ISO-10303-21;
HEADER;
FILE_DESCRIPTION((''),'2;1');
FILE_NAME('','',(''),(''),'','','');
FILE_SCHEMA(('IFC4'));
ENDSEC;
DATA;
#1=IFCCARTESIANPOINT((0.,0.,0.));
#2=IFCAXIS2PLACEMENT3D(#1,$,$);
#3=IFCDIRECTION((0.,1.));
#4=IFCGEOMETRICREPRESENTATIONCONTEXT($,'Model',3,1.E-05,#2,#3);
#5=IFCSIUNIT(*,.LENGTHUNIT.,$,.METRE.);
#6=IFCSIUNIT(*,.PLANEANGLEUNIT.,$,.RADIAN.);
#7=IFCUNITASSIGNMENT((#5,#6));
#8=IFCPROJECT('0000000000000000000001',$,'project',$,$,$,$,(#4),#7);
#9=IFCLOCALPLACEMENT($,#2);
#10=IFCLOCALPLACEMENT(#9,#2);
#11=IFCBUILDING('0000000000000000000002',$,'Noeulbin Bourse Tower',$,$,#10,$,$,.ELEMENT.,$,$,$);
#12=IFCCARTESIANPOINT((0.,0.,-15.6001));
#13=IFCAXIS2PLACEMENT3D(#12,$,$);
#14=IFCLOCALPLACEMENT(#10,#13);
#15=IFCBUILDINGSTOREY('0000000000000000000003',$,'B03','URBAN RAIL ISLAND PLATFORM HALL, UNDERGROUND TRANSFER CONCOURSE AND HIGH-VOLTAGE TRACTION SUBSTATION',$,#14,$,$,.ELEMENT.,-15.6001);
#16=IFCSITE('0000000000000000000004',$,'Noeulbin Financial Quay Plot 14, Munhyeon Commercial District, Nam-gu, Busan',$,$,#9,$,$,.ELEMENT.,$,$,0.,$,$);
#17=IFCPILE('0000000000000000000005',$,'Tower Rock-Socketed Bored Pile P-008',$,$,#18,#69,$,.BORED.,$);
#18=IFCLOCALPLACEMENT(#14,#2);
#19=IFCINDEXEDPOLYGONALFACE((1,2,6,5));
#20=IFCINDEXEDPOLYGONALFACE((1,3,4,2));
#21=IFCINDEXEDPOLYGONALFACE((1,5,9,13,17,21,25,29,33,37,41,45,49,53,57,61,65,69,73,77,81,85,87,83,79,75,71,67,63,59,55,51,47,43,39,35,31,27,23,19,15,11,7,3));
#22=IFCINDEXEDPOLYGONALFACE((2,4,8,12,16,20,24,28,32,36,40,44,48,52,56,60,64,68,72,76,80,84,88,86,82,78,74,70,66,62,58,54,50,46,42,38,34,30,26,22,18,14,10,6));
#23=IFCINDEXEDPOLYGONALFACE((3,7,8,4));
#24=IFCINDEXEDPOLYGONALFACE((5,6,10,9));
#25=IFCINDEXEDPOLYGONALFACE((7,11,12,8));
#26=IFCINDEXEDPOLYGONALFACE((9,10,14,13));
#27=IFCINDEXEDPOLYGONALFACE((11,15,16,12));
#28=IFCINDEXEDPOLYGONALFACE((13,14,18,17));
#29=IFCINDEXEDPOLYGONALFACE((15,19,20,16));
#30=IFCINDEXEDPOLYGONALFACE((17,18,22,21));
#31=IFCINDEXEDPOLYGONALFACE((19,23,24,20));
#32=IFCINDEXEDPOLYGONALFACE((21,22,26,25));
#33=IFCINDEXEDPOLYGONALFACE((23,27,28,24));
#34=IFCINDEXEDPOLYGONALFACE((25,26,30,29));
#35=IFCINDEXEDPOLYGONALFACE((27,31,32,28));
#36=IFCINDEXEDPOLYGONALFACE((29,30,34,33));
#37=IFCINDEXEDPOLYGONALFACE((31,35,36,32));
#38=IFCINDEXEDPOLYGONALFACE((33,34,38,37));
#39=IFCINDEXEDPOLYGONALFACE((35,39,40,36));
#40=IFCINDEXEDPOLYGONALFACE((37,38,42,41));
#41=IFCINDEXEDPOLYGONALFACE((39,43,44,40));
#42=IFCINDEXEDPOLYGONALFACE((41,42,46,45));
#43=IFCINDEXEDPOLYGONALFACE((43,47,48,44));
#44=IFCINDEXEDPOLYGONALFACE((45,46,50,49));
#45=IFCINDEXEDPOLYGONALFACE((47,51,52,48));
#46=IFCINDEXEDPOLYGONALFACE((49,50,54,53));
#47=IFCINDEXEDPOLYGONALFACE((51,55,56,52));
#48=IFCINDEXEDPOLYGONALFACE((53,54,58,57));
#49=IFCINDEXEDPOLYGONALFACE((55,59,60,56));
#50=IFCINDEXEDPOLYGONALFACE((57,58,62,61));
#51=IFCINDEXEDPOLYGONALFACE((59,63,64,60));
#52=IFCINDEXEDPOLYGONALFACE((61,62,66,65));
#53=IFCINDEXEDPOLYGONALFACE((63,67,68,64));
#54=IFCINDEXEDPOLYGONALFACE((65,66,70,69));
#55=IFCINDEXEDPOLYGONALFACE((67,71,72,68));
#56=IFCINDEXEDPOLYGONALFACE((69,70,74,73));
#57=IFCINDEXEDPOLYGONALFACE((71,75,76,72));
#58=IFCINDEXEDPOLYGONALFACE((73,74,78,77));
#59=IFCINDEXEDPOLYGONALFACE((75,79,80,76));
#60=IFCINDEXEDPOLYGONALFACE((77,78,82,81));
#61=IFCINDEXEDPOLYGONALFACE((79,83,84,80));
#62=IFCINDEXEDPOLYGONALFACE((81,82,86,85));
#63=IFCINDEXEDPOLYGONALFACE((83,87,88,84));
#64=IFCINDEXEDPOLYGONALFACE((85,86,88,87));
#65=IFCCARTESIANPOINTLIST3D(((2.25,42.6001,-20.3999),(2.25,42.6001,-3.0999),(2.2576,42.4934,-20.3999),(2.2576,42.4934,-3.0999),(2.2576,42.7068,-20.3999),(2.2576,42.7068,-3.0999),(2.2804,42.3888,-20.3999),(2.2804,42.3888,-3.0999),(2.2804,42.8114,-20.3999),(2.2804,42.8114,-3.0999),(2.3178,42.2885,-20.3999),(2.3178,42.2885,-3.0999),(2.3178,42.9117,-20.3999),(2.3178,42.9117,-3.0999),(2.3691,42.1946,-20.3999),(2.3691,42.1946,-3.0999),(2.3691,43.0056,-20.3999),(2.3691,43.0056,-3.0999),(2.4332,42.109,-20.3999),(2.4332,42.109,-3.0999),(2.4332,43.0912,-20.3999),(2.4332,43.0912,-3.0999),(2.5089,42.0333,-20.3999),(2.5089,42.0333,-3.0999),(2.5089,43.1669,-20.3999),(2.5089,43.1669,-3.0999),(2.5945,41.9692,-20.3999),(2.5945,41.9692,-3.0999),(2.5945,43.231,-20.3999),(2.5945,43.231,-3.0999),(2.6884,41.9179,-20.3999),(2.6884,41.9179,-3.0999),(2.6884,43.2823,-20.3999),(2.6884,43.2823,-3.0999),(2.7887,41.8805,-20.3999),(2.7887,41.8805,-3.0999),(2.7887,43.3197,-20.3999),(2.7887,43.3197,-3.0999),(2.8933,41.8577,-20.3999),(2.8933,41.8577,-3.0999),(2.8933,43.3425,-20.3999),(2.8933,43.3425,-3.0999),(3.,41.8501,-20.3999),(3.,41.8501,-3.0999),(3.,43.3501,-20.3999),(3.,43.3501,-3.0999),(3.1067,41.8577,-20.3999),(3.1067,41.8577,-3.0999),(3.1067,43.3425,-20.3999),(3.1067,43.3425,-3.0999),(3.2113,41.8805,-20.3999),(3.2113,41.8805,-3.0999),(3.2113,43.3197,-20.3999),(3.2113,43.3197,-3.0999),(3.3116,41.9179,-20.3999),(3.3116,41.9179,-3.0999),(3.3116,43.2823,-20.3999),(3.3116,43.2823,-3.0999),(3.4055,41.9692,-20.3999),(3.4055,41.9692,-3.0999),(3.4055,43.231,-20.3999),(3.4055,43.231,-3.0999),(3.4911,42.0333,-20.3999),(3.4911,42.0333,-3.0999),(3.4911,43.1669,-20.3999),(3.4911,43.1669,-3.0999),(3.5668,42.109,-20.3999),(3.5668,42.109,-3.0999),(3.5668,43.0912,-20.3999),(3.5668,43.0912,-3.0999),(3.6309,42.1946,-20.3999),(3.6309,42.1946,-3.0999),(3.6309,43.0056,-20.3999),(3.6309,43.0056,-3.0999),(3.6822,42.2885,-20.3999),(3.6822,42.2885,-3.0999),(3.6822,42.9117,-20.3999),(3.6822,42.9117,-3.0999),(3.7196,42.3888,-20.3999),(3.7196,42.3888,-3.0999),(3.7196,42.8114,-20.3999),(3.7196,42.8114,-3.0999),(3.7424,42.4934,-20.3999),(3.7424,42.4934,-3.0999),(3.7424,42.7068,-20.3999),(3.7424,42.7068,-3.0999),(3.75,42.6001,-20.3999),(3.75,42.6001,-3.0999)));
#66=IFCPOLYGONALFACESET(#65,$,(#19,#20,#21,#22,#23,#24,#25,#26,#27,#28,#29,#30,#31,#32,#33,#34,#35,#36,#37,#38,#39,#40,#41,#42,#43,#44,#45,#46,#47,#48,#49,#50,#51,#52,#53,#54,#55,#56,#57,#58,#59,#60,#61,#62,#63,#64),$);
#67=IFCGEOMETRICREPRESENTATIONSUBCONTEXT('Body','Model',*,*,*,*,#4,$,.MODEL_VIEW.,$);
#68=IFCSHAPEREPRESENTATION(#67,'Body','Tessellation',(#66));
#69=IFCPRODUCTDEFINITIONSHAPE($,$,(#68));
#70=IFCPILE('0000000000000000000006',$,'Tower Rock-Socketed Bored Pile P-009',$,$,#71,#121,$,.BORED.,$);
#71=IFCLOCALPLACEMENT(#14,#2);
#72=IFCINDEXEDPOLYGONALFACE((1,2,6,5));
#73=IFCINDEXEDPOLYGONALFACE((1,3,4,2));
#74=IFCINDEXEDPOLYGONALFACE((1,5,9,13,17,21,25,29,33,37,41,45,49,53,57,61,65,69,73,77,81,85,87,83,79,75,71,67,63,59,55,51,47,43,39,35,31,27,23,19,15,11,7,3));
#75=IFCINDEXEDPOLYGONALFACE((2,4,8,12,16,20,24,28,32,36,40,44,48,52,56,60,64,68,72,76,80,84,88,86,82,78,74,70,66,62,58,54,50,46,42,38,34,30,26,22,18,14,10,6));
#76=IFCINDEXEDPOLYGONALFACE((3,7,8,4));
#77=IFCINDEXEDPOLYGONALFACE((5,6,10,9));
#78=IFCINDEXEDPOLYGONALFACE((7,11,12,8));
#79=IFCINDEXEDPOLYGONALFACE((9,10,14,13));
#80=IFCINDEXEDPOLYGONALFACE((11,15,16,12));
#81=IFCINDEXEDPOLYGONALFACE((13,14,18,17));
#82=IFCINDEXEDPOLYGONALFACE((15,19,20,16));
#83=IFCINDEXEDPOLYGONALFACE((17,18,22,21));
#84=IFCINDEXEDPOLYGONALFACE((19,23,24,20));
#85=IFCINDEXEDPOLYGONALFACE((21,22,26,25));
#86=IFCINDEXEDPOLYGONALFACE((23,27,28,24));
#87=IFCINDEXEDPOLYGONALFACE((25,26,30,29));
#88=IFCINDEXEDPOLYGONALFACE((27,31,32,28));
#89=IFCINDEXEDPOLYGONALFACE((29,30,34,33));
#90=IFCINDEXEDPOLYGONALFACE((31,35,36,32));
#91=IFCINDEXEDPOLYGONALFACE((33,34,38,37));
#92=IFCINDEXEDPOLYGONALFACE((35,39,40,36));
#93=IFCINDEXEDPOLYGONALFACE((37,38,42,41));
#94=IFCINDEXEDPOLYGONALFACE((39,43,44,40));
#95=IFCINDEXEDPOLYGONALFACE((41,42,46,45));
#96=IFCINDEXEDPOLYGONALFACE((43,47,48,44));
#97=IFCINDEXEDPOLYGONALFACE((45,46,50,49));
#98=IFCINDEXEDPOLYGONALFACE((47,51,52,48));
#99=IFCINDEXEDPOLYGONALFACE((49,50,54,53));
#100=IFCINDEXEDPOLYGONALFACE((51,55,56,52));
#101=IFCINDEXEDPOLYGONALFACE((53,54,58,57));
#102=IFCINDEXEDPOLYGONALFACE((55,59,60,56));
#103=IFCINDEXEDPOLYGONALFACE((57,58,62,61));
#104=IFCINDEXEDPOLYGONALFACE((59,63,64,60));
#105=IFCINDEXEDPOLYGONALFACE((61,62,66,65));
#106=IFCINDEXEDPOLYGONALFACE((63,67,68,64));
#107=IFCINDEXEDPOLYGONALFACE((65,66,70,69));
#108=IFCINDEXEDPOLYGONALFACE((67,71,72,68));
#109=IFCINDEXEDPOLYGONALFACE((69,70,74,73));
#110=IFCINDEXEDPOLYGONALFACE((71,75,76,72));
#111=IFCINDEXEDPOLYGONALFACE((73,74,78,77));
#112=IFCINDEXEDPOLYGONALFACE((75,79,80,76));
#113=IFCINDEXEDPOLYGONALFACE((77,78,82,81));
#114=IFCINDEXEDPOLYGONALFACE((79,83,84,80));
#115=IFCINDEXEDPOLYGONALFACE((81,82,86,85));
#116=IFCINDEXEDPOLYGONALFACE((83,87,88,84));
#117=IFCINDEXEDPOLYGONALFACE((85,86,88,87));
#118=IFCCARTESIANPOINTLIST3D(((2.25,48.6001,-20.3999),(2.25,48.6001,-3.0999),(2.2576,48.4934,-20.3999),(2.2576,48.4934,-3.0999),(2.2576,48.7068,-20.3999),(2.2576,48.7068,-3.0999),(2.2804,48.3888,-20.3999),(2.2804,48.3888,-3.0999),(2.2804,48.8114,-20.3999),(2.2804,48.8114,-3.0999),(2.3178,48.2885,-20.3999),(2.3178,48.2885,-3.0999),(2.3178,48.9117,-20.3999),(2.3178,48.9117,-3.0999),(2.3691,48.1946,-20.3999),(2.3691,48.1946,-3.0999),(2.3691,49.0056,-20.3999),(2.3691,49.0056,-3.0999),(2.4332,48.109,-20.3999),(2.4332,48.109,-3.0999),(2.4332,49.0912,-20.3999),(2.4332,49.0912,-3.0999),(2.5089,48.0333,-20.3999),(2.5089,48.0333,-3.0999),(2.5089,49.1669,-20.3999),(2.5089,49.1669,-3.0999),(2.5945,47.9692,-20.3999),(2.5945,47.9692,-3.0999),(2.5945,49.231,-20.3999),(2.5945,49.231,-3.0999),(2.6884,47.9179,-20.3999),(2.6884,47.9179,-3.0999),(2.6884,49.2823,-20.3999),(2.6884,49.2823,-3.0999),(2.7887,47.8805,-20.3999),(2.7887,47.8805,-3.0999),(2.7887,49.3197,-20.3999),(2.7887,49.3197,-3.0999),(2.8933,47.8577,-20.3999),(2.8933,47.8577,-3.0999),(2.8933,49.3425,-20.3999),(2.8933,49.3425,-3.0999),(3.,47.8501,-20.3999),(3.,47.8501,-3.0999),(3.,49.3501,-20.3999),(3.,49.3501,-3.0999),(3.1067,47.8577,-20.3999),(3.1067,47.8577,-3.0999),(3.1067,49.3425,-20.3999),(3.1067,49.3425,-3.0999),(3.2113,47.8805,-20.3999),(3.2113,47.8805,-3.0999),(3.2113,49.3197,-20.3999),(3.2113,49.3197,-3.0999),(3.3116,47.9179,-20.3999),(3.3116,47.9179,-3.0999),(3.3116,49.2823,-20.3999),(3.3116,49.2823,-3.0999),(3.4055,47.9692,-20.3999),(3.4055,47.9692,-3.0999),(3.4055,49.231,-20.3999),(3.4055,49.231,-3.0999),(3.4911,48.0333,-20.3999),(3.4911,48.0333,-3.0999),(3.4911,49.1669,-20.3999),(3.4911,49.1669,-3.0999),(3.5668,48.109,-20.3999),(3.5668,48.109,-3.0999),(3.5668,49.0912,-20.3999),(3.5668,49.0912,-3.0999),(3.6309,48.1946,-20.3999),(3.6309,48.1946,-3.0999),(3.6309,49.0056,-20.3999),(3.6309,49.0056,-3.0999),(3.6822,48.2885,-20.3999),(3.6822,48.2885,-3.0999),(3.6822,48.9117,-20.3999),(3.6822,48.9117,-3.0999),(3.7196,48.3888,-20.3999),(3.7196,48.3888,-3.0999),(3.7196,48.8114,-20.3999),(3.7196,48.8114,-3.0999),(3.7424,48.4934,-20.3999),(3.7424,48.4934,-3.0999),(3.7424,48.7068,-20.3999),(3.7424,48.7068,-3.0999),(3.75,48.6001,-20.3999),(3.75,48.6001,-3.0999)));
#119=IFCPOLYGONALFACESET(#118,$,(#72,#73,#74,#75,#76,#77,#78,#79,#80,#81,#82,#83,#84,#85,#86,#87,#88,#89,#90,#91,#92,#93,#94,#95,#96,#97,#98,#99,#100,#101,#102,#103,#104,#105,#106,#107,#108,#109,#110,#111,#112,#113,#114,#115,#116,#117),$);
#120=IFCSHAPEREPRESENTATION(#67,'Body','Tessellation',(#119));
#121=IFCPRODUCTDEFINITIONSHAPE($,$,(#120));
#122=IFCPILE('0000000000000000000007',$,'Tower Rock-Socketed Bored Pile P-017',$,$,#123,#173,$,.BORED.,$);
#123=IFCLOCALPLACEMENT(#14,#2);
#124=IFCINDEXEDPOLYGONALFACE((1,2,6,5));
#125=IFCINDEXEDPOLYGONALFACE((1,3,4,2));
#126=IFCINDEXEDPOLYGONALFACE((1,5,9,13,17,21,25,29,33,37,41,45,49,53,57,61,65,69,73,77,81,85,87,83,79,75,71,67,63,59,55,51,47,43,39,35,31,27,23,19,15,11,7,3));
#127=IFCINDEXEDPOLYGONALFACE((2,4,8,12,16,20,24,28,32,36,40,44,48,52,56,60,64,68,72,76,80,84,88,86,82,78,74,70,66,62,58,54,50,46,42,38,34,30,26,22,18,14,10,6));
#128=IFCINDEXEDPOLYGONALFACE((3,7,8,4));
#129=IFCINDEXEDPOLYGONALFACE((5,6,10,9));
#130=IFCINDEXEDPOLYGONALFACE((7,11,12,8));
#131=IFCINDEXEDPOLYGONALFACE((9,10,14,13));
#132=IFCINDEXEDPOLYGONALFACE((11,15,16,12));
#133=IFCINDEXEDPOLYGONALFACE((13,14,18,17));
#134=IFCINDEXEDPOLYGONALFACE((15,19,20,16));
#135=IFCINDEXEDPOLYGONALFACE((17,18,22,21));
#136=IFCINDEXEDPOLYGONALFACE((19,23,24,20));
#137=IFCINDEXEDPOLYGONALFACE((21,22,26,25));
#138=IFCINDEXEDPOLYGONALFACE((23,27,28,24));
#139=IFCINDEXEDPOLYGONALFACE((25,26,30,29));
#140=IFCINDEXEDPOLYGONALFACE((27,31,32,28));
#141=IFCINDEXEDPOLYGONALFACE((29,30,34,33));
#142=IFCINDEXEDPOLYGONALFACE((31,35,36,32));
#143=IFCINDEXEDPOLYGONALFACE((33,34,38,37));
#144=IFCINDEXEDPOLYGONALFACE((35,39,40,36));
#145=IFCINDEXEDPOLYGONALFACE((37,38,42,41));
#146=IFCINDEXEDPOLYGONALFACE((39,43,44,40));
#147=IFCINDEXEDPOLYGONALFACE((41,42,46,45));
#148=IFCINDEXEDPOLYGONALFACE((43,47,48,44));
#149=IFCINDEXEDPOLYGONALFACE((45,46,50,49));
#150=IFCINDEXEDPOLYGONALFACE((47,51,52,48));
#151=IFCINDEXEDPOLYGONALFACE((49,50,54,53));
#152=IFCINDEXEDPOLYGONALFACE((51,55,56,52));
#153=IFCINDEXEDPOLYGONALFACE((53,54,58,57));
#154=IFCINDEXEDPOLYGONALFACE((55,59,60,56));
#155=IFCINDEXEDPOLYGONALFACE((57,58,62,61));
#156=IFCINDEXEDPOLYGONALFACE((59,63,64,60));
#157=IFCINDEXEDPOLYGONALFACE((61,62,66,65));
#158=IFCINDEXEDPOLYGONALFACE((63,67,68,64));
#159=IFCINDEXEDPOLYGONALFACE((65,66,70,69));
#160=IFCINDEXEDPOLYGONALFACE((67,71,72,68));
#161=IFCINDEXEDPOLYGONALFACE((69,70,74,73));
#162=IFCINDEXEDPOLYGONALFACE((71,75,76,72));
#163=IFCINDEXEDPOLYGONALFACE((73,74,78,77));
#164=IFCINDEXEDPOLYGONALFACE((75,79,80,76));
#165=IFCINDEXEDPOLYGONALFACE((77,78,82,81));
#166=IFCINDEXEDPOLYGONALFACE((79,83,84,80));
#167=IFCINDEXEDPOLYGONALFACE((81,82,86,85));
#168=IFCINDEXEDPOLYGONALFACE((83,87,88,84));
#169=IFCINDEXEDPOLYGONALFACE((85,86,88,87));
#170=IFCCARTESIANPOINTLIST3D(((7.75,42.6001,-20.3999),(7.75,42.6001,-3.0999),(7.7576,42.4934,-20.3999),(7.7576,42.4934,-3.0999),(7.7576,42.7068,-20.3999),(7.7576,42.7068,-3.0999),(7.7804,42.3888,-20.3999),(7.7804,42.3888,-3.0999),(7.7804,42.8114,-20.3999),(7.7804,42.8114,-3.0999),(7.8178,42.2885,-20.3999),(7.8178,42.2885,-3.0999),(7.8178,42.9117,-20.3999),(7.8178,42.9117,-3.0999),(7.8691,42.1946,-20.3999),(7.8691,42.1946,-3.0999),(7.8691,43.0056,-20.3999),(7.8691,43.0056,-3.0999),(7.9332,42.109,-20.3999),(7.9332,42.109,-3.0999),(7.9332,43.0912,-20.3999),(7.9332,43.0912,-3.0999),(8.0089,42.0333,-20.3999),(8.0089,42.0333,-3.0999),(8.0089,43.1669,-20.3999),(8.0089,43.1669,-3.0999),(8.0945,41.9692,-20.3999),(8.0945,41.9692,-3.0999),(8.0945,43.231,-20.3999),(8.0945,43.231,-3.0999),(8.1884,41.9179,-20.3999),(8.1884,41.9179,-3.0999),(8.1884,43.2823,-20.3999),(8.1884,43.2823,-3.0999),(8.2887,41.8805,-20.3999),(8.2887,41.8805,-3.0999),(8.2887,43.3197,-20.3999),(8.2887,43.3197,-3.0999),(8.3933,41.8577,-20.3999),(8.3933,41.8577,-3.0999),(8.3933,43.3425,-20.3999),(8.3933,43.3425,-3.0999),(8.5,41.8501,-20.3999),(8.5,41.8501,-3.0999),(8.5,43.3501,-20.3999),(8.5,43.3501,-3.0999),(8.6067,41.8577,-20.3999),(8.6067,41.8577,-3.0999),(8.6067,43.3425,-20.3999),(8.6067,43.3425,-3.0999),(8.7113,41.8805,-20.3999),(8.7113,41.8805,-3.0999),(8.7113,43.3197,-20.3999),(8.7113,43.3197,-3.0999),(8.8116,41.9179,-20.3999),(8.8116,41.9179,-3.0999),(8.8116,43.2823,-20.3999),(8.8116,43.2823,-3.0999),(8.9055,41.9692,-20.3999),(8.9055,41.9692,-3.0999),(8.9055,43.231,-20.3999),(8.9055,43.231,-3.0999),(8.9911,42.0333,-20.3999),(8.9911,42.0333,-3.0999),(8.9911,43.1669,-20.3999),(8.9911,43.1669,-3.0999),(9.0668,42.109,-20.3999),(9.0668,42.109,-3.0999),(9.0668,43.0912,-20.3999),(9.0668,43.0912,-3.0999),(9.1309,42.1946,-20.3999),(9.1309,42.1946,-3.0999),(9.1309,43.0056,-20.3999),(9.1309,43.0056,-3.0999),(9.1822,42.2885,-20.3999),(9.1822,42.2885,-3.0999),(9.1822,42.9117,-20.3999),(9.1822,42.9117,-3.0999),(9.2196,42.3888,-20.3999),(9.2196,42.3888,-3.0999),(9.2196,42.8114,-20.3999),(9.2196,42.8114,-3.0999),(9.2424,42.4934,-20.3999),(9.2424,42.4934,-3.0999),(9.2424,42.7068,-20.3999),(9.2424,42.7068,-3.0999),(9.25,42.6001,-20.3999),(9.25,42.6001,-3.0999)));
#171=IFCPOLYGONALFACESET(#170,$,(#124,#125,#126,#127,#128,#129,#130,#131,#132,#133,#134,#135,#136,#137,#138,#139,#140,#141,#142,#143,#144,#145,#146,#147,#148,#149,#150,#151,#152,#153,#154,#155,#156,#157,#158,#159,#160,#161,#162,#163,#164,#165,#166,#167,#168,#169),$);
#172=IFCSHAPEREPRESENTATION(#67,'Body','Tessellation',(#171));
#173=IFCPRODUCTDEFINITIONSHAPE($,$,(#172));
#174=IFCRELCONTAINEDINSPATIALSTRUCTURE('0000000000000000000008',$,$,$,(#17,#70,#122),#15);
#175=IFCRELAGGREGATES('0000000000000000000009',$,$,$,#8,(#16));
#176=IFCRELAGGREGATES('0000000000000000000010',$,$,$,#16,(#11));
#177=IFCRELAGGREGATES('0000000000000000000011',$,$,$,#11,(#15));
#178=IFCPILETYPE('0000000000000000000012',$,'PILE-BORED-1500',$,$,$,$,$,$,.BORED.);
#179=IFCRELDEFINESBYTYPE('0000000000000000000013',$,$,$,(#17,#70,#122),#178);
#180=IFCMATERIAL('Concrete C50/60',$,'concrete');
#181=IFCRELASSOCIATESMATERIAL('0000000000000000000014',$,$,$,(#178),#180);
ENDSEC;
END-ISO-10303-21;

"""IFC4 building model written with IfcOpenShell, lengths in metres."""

from ifc_helpers import new_model, si_unit, direction, frame, origin, origin_2d, place, context, subcontext, project, spatial, circle, extrude, material, material_profile, profile_set, type_object, element, save


model = new_model("IFC4")

# Units and contexts
model_context = context("Model", 3, precision=1e-05, world=origin(), true_north=direction((0.0, 1.0)))
body_context = subcontext(model_context, "Body", "Model", "MODEL_VIEW")
ifc_project = project(units=[si_unit("LENGTHUNIT", "METRE"), si_unit("PLANEANGLEUNIT", "RADIAN")], contexts=[model_context])

# Site, building, storey
site_placement = place(None, origin())
site = spatial("IfcSite", under=ifc_project, at=site_placement, Name="Noeulbin Financial Quay Plot 14, Munhyeon Commercial District, Nam-gu, Busan", CompositionType="ELEMENT", RefElevation=0.0)
building_placement = place(site_placement, origin())
building = spatial("IfcBuilding", under=site, at=building_placement, Name="Noeulbin Bourse Tower", CompositionType="ELEMENT")
storey_placement = place(building_placement, frame((0.0, 0.0, -15.6001)))
storey = spatial("IfcBuildingStorey", under=building, at=storey_placement, Name="B03", Description="URBAN RAIL ISLAND PLATFORM HALL, UNDERGROUND TRANSFER CONCOURSE AND HIGH-VOLTAGE TRACTION SUBSTATION", CompositionType="ELEMENT", Elevation=-15.6001)

# Piles
ifc_material_1 = material(Name="Concrete C50/60", Category="concrete")
ifc_material_profile_1 = material_profile(ifc_material_1, circle(Radius=0.75, at=origin_2d()), Name="PILE-D1500", Category="LoadBearing")
ifc_profile_set_1 = profile_set([ifc_material_profile_1], Name="Concrete C50/60")
pile_type = type_object("IfcPileType", Name="PILE-BORED-1500", PredefinedType="BORED", material=ifc_profile_set_1)
for number, where, z_axis, x_axis, name in (
    (1, (3.0, 42.6001, -3.0999), (0.0, 0.0, -1.0), (1.0, 0.0, 0.0), "Tower Rock-Socketed Bored Pile P-008"),
    (2, (3.0, 48.6001, -3.0999), (0.0, 0.0, -1.0), (1.0, 0.0, 0.0), "Tower Rock-Socketed Bored Pile P-009"),
    (3, (8.5, 42.6001, -3.0999), (0.0, 0.0, -1.0), (1.0, 0.0, 0.0), "Tower Rock-Socketed Bored Pile P-017"),
):
    element("IfcPile", number, at=place(storey_placement, frame(where, z_axis=z_axis, x_axis=x_axis)), inside=storey, type_object=pile_type, Name=name, PredefinedType="BORED", context=body_context, shape_type="SweptSolid", body=[
        extrude(circle(Radius=0.75, at=origin_2d()), origin(), (0.0, 0.0, 1.0), 17.3),
    ])

save(model, "model.ifc")
